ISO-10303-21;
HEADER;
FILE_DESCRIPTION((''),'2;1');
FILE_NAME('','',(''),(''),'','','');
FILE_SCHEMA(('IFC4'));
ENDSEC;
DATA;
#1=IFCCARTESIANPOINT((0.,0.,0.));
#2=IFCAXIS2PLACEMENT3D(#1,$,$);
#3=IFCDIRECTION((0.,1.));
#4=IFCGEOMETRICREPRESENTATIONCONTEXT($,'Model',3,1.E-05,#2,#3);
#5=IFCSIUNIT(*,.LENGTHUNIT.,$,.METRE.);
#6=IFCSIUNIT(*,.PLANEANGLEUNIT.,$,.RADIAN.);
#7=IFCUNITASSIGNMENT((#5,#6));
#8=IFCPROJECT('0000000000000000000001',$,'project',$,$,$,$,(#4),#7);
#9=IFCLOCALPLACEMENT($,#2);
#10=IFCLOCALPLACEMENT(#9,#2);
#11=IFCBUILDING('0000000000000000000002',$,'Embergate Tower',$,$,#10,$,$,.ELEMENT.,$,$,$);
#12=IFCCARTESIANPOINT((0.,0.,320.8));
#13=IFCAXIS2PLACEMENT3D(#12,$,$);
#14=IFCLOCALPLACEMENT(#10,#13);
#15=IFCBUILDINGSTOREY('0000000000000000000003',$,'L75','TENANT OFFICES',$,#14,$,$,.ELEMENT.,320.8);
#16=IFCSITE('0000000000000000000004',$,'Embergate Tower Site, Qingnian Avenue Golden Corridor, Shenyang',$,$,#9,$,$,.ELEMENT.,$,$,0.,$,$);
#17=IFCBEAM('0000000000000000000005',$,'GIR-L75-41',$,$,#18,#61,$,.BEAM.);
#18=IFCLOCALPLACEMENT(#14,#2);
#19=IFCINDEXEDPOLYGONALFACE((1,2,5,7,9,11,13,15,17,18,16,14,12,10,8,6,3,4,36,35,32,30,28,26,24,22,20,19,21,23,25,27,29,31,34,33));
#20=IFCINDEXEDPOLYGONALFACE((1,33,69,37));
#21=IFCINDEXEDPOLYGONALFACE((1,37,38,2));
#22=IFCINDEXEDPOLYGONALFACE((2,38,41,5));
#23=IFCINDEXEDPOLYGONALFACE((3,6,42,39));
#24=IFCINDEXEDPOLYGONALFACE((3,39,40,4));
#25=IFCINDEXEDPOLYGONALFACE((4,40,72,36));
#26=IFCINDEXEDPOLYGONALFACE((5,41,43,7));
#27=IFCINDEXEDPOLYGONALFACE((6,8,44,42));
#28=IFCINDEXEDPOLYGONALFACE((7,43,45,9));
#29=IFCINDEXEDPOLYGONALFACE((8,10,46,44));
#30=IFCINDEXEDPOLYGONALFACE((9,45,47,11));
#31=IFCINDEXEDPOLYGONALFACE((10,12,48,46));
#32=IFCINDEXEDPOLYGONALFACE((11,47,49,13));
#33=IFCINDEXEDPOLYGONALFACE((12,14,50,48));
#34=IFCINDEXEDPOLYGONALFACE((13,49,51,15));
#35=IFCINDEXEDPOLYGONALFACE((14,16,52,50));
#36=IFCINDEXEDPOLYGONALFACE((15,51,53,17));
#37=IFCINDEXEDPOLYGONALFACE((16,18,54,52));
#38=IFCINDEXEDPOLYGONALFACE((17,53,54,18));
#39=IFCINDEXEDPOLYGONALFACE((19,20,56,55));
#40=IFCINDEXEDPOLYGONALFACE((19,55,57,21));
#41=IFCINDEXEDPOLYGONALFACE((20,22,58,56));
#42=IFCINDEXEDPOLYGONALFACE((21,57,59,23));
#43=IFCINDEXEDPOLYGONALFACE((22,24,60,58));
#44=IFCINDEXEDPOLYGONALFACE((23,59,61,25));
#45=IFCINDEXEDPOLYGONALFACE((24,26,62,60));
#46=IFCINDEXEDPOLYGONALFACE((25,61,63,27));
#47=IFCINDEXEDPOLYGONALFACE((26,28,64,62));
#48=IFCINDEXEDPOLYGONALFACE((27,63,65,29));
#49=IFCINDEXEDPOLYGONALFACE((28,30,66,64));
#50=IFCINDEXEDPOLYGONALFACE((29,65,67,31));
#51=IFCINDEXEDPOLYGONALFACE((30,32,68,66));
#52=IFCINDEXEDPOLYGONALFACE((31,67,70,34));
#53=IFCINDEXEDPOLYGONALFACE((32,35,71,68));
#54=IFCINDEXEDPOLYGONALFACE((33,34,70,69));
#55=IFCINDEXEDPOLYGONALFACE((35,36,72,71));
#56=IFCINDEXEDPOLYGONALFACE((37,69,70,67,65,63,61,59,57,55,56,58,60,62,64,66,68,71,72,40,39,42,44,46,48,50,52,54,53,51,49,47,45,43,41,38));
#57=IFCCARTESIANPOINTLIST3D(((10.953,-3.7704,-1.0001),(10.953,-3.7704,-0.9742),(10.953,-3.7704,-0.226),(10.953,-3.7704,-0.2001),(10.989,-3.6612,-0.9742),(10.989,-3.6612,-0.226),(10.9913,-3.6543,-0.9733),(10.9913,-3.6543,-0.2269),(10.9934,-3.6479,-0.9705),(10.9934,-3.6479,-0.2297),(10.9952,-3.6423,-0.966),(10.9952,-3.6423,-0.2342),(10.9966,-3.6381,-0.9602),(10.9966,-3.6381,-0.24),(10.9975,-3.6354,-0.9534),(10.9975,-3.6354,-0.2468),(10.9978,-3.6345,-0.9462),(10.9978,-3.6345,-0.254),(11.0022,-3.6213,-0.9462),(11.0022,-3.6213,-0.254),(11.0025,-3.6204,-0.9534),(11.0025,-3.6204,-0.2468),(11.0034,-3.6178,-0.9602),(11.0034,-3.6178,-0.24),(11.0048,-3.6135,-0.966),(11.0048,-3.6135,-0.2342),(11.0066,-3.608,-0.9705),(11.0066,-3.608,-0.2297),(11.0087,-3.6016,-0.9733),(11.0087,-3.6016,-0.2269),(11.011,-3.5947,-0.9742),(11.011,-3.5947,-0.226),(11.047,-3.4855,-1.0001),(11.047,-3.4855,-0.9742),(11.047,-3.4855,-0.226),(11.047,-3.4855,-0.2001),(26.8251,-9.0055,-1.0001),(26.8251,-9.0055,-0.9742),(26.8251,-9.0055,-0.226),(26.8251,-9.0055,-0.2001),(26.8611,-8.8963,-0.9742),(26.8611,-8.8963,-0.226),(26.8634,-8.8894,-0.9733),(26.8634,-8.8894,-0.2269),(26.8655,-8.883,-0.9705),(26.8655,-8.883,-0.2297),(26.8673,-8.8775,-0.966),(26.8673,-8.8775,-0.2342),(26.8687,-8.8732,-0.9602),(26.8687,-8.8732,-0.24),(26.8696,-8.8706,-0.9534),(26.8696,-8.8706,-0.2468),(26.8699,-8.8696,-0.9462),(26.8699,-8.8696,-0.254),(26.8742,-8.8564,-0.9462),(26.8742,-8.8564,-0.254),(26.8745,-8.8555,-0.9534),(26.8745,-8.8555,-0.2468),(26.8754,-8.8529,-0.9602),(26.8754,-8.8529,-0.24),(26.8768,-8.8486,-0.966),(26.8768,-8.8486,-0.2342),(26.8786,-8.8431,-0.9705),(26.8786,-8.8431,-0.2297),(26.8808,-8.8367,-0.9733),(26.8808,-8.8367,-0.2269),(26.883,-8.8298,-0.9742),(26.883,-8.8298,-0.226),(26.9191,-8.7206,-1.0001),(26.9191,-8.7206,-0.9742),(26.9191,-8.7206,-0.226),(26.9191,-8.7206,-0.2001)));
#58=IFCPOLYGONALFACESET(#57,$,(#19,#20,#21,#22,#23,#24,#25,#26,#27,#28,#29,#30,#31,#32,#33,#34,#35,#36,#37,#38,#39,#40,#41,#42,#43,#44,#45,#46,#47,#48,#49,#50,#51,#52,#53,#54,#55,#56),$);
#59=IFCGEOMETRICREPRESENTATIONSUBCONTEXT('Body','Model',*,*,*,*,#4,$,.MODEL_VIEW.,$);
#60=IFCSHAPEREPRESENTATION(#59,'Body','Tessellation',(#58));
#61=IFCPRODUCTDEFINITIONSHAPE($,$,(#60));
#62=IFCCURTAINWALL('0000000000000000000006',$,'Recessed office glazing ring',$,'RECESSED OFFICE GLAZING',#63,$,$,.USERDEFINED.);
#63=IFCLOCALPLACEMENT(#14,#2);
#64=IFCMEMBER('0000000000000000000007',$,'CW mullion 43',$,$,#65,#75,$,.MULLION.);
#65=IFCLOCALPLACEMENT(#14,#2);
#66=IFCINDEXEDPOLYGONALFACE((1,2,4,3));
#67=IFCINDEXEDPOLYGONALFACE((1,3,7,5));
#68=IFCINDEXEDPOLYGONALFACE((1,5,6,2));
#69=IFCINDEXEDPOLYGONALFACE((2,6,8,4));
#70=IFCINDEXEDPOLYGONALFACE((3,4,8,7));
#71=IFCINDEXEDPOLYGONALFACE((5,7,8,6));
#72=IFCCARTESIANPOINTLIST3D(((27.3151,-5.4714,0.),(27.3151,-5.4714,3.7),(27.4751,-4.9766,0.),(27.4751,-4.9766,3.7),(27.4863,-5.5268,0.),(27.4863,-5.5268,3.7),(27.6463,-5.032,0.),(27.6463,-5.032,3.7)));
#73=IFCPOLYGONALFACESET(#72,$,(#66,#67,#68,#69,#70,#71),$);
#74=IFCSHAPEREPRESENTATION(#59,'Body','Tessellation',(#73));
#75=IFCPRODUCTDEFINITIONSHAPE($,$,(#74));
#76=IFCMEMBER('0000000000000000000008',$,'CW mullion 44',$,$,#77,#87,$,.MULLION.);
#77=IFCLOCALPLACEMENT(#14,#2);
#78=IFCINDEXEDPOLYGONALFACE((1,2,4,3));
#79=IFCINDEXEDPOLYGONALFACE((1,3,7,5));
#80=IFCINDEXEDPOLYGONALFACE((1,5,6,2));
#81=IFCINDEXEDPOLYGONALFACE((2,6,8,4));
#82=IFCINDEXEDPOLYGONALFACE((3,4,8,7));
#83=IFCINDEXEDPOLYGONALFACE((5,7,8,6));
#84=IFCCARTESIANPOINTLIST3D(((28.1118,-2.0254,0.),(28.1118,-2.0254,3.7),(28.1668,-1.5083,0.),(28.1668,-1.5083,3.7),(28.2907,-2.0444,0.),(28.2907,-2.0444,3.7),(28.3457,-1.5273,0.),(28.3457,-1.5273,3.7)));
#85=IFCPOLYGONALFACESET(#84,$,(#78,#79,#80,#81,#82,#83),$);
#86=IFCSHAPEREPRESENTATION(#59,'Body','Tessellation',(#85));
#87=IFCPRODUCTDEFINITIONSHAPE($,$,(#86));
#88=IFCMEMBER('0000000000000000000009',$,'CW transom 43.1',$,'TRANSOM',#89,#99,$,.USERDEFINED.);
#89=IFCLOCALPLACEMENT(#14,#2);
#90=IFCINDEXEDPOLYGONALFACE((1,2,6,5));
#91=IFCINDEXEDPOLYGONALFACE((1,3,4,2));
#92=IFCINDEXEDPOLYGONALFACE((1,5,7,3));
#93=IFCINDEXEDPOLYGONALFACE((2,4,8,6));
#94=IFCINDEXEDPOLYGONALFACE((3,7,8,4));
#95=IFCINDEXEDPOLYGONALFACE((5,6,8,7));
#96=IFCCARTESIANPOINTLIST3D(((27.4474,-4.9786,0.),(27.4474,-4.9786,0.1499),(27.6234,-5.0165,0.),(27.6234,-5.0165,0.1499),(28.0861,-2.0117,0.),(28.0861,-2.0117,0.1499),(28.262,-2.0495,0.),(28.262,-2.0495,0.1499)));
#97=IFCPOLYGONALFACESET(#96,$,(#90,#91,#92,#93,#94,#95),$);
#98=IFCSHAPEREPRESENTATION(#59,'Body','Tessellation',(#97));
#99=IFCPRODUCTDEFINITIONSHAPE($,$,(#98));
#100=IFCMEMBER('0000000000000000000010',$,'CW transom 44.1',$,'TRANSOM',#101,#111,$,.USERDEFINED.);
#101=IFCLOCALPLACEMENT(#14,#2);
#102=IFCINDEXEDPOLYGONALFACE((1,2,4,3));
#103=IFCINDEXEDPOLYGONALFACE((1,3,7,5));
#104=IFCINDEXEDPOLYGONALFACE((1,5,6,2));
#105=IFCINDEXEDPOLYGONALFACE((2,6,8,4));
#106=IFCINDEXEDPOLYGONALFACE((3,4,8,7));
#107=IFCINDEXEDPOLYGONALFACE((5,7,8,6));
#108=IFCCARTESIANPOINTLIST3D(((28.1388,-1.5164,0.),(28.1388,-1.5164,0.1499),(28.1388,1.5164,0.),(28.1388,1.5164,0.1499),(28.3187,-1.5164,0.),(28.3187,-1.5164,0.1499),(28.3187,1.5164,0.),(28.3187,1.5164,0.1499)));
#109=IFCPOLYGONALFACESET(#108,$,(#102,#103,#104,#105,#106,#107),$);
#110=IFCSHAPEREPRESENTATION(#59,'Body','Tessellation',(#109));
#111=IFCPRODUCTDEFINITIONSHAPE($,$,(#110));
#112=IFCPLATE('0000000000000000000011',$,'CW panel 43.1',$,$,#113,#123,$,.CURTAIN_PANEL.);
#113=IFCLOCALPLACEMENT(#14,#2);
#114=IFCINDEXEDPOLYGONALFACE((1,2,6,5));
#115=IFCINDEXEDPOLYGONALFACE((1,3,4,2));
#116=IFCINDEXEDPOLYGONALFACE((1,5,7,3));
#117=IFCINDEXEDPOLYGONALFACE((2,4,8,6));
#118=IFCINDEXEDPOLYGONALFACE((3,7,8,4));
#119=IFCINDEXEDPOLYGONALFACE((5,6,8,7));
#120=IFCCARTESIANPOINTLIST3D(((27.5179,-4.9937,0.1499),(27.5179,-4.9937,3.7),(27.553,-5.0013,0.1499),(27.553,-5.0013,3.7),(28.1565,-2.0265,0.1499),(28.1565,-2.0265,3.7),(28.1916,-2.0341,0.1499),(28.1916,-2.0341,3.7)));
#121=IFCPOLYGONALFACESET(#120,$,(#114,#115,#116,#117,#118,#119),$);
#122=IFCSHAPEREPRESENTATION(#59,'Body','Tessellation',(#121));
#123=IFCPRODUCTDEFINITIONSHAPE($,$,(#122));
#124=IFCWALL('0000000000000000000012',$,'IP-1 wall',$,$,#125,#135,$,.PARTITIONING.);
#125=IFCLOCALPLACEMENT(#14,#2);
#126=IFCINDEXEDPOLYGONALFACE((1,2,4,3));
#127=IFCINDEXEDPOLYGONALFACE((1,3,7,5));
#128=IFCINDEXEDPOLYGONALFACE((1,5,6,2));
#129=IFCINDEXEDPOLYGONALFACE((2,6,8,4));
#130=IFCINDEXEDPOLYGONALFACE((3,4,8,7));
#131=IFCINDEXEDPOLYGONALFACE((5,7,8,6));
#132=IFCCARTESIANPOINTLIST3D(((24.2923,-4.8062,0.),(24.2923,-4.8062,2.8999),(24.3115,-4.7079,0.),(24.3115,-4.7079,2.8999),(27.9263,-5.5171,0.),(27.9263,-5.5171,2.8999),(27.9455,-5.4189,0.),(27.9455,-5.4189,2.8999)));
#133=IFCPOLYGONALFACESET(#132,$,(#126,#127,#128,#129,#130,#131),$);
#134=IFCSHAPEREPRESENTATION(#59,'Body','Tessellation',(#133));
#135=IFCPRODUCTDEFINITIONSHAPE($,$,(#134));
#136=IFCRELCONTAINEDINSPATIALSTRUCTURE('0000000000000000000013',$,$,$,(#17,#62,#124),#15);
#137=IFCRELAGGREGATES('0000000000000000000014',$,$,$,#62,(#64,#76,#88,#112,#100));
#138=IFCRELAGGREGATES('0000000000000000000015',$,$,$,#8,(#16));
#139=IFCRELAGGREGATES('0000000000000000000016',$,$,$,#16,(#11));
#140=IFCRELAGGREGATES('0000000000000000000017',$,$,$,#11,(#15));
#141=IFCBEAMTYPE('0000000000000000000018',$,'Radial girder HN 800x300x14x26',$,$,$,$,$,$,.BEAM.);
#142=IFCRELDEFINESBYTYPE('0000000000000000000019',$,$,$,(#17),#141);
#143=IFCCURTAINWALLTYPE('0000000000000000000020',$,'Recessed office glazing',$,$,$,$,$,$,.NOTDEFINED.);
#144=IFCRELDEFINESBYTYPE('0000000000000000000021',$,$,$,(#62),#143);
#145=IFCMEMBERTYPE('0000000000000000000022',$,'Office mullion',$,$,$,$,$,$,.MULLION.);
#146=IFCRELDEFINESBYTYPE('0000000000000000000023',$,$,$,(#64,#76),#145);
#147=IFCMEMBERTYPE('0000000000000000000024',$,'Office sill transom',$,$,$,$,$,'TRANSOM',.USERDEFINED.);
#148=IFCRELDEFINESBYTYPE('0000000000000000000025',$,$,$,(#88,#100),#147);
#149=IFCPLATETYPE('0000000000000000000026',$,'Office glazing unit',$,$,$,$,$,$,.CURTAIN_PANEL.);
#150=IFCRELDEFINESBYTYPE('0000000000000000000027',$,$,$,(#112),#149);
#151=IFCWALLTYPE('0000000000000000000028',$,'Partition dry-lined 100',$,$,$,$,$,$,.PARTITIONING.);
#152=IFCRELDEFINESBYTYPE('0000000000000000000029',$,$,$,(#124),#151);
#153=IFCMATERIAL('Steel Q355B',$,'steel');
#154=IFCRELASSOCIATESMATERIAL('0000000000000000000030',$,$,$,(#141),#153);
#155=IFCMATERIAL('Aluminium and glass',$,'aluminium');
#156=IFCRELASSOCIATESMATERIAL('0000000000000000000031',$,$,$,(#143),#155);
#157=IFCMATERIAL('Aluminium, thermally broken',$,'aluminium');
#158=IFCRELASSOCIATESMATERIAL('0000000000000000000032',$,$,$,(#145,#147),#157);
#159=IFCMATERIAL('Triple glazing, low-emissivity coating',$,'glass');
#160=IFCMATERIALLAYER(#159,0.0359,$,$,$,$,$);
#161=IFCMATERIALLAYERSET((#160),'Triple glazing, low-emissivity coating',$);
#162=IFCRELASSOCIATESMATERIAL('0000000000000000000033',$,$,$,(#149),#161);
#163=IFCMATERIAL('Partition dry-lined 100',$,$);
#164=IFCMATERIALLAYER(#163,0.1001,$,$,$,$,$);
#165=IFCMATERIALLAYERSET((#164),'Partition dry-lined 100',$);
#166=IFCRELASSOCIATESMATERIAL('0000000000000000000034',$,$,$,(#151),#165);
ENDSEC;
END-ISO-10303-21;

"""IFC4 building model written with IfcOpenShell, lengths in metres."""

from ifc_helpers import new_model, si_unit, direction, frame, frame_2d, origin, origin_2d, place, context, subcontext, project, spatial, rectangle, i_section, extrude, source, transform, mapped, material, layer, layer_set, material_profile, profile_set, type_object, element, aggregate, save


model = new_model("IFC4")

# Units and contexts
model_context = context("Model", 3, precision=1e-05, world=origin(), true_north=direction((0.0, 1.0)))
body_context = subcontext(model_context, "Body", "Model", "MODEL_VIEW")
ifc_project = project(units=[si_unit("LENGTHUNIT", "METRE"), si_unit("PLANEANGLEUNIT", "RADIAN")], contexts=[model_context])

# Site, building, storey
site_placement = place(None, origin())
site = spatial("IfcSite", under=ifc_project, at=site_placement, Name="Embergate Tower Site, Qingnian Avenue Golden Corridor, Shenyang", CompositionType="ELEMENT", RefElevation=0.0)
building_placement = place(site_placement, origin())
building = spatial("IfcBuilding", under=site, at=building_placement, Name="Embergate Tower", CompositionType="ELEMENT")
storey_placement = place(building_placement, frame((0.0, 0.0, 320.8)))
storey = spatial("IfcBuildingStorey", under=building, at=storey_placement, Name="L75", Description="TENANT OFFICES", CompositionType="ELEMENT", Elevation=320.8)

# Beam
ifc_material_1 = material(Name="Steel Q355B", Category="steel")
ifc_material_profile_1 = material_profile(ifc_material_1, i_section(OverallWidth=0.3, OverallDepth=0.8, WebThickness=0.0139, FlangeThickness=0.0259, FilletRadius=0.0281, at=origin_2d()), Name="HN 800x300x14x26")
ifc_profile_set_1 = profile_set([ifc_material_profile_1], Name="Steel Q355 grade B")
beam_type_1 = type_object("IfcBeamType", Name="Radial girder HN 800x300x14x26", PredefinedType="BEAM", material=ifc_profile_set_1)
shared_shape_1 = source(origin(), body_context, "Body", "SweptSolid", [
    extrude(i_section(OverallWidth=0.3, OverallDepth=0.8, WebThickness=0.0139, FlangeThickness=0.0259, FilletRadius=0.0281, at=origin_2d()), origin(), (0.0, 0.0, 1.0), 16.7131),
])
beam_1_placement = place(storey_placement, frame((26.8721, -8.863, -0.6001), z_axis=(-0.949676, 0.313233, 0.0), x_axis=(-0.313233, -0.949676, 0.0)))
element("IfcBeam", 1, at=beam_1_placement, inside=storey, type_object=beam_type_1, Name="GIR-L75-41", PredefinedType="BEAM", context=body_context, shape_type="MappedRepresentation", body=[
    mapped(shared_shape_1, transform((0.0, 0.0, 0.0))),
])

# Curtain wall, members, plate
ifc_material_2 = material(Name="Aluminium and glass", Category="aluminium")
curtain_wall_type = type_object("IfcCurtainWallType", Name="Recessed office glazing", PredefinedType="NOTDEFINED", material=ifc_material_2)
curtain_wall_placement = place(storey_placement, origin())
curtain_wall = element("IfcCurtainWall", 2, at=curtain_wall_placement, inside=storey, type_object=curtain_wall_type, Name="Recessed office glazing ring", ObjectType="RECESSED OFFICE GLAZING", PredefinedType="USERDEFINED")
ifc_material_3 = material(Name="Aluminium, thermally broken", Category="aluminium")
ifc_material_profile_2 = material_profile(ifc_material_3, rectangle(XDim=0.1799, YDim=0.52, at=origin_2d()), Name="AL 520x180")
ifc_profile_set_2 = profile_set([ifc_material_profile_2], Name="Aluminium, thermally broken")
member_type_1 = type_object("IfcMemberType", Name="Office mullion", PredefinedType="MULLION", material=ifc_profile_set_2)
shared_shape_2 = source(origin(), body_context, "Body", "SweptSolid", [
    extrude(rectangle(XDim=0.1799, YDim=0.52, at=origin_2d()), origin(), (0.0, 0.0, 1.0), 3.7),
])
member_1_placement = place(storey_placement, frame((27.4807, -5.2517, 0.0), z_axis=(0.0, 0.0, 1.0), x_axis=(-0.951492, 0.307674, 0.0)))
member_1 = element("IfcMember", 3, at=member_1_placement, type_object=member_type_1, Name="CW mullion 43", PredefinedType="MULLION", context=body_context, shape_type="MappedRepresentation", body=[
    mapped(shared_shape_2, transform((0.0, 0.0, 0.0))),
])
member_2_placement = place(storey_placement, frame((28.2288, -1.7764, 0.0), z_axis=(0.0, 0.0, 1.0), x_axis=(-0.994384, 0.105832, 0.0)))
member_2 = element("IfcMember", 4, at=member_2_placement, type_object=member_type_1, Name="CW mullion 44", PredefinedType="MULLION", context=body_context, shape_type="MappedRepresentation", body=[
    mapped(shared_shape_2, transform((0.0, 0.0, 0.0))),
])
ifc_material_profile_3 = material_profile(ifc_material_3, rectangle(XDim=0.1799, YDim=0.1499, at=origin_2d()), Name="AL 150x180")
ifc_profile_set_3 = profile_set([ifc_material_profile_3], Name="Aluminium, thermally broken")
member_type_2 = type_object("IfcMemberType", Name="Office sill transom", ElementType="TRANSOM", PredefinedType="USERDEFINED", material=ifc_profile_set_3)
shared_shape_3 = source(origin(), body_context, "Body", "SweptSolid", [
    extrude(rectangle(XDim=0.1799, YDim=0.1499, at=origin_2d()), origin(), (0.0, 0.0, 1.0), 3.0349),
])
member_3_placement = place(storey_placement, frame((27.5354, -4.9976, 0.075), z_axis=(0.210435, 0.977608, 0.0), x_axis=(-0.977608, 0.210435, 0.0)))
member_3 = element("IfcMember", 5, at=member_3_placement, type_object=member_type_2, Name="CW transom 43.1", ObjectType="TRANSOM", PredefinedType="USERDEFINED", context=body_context, shape_type="MappedRepresentation", body=[
    mapped(shared_shape_3, transform((0.0, 0.0, 0.0))),
])
shared_shape_4 = source(origin(), body_context, "Body", "SweptSolid", [
    extrude(rectangle(XDim=0.1799, YDim=0.1499, at=origin_2d()), origin(), (0.0, 0.0, 1.0), 3.0327),
])
member_4_placement = place(storey_placement, frame((28.2288, -1.5164, 0.075), z_axis=(0.0, 1.0, 0.0), x_axis=(-1.0, 0.0, 0.0)))
member_4 = element("IfcMember", 6, at=member_4_placement, type_object=member_type_2, Name="CW transom 44.1", ObjectType="TRANSOM", PredefinedType="USERDEFINED", context=body_context, shape_type="MappedRepresentation", body=[
    mapped(shared_shape_4, transform((0.0, 0.0, 0.0))),
])
ifc_material_4 = material(Name="Triple glazing, low-emissivity coating", Category="glass")
ifc_layer_1 = layer(ifc_material_4, 0.0359)
ifc_layer_set_1 = layer_set([ifc_layer_1], Name="Triple glazing, low-emissivity coating")
plate_type = type_object("IfcPlateType", Name="Office glazing unit", PredefinedType="CURTAIN_PANEL", material=ifc_layer_set_1)
shared_shape_5 = source(origin(), body_context, "Body", "SweptSolid", [
    extrude(rectangle(XDim=3.0352, YDim=0.0359, at=origin_2d()), origin(), (0.0, 0.0, 1.0), 3.55),
])
plate_placement = place(storey_placement, frame((27.8547, -3.5139, 0.1499), z_axis=(0.0, 0.0, 1.0), x_axis=(0.2104, 0.977615, 0.0)))
plate = element("IfcPlate", 7, at=plate_placement, type_object=plate_type, Name="CW panel 43.1", PredefinedType="CURTAIN_PANEL", context=body_context, shape_type="MappedRepresentation", body=[
    mapped(shared_shape_5, transform((0.0, 0.0, 0.0))),
])
aggregate(curtain_wall, [member_1, member_2, member_3, plate, member_4])

# Wall
ifc_material_5 = material(Name="Partition dry-lined 100")
ifc_layer_2 = layer(ifc_material_5, 0.1001)
ifc_layer_set_2 = layer_set([ifc_layer_2], Name="Partition dry-lined 100")
wall_type = type_object("IfcWallType", Name="Partition dry-lined 100", PredefinedType="PARTITIONING", material=ifc_layer_set_2)
shared_shape_6 = source(origin(), body_context, "Body", "SweptSolid", [
    extrude(rectangle(XDim=3.7029, YDim=0.1001, at=frame_2d((1.8516, 0.0))), origin(), (0.0, 0.0, 1.0), 2.8999),
])
wall_placement = place(storey_placement, frame((27.936, -5.468, 0.0), z_axis=(0.0, 0.0, 1.0), x_axis=(-0.981396, 0.191994, 0.0)))
element("IfcWall", 8, at=wall_placement, inside=storey, type_object=wall_type, Name="IP-1 wall", PredefinedType="PARTITIONING", context=body_context, shape_type="MappedRepresentation", body=[
    mapped(shared_shape_6, transform((0.0, 0.0, 0.0))),
])

save(model, "model.ifc")
